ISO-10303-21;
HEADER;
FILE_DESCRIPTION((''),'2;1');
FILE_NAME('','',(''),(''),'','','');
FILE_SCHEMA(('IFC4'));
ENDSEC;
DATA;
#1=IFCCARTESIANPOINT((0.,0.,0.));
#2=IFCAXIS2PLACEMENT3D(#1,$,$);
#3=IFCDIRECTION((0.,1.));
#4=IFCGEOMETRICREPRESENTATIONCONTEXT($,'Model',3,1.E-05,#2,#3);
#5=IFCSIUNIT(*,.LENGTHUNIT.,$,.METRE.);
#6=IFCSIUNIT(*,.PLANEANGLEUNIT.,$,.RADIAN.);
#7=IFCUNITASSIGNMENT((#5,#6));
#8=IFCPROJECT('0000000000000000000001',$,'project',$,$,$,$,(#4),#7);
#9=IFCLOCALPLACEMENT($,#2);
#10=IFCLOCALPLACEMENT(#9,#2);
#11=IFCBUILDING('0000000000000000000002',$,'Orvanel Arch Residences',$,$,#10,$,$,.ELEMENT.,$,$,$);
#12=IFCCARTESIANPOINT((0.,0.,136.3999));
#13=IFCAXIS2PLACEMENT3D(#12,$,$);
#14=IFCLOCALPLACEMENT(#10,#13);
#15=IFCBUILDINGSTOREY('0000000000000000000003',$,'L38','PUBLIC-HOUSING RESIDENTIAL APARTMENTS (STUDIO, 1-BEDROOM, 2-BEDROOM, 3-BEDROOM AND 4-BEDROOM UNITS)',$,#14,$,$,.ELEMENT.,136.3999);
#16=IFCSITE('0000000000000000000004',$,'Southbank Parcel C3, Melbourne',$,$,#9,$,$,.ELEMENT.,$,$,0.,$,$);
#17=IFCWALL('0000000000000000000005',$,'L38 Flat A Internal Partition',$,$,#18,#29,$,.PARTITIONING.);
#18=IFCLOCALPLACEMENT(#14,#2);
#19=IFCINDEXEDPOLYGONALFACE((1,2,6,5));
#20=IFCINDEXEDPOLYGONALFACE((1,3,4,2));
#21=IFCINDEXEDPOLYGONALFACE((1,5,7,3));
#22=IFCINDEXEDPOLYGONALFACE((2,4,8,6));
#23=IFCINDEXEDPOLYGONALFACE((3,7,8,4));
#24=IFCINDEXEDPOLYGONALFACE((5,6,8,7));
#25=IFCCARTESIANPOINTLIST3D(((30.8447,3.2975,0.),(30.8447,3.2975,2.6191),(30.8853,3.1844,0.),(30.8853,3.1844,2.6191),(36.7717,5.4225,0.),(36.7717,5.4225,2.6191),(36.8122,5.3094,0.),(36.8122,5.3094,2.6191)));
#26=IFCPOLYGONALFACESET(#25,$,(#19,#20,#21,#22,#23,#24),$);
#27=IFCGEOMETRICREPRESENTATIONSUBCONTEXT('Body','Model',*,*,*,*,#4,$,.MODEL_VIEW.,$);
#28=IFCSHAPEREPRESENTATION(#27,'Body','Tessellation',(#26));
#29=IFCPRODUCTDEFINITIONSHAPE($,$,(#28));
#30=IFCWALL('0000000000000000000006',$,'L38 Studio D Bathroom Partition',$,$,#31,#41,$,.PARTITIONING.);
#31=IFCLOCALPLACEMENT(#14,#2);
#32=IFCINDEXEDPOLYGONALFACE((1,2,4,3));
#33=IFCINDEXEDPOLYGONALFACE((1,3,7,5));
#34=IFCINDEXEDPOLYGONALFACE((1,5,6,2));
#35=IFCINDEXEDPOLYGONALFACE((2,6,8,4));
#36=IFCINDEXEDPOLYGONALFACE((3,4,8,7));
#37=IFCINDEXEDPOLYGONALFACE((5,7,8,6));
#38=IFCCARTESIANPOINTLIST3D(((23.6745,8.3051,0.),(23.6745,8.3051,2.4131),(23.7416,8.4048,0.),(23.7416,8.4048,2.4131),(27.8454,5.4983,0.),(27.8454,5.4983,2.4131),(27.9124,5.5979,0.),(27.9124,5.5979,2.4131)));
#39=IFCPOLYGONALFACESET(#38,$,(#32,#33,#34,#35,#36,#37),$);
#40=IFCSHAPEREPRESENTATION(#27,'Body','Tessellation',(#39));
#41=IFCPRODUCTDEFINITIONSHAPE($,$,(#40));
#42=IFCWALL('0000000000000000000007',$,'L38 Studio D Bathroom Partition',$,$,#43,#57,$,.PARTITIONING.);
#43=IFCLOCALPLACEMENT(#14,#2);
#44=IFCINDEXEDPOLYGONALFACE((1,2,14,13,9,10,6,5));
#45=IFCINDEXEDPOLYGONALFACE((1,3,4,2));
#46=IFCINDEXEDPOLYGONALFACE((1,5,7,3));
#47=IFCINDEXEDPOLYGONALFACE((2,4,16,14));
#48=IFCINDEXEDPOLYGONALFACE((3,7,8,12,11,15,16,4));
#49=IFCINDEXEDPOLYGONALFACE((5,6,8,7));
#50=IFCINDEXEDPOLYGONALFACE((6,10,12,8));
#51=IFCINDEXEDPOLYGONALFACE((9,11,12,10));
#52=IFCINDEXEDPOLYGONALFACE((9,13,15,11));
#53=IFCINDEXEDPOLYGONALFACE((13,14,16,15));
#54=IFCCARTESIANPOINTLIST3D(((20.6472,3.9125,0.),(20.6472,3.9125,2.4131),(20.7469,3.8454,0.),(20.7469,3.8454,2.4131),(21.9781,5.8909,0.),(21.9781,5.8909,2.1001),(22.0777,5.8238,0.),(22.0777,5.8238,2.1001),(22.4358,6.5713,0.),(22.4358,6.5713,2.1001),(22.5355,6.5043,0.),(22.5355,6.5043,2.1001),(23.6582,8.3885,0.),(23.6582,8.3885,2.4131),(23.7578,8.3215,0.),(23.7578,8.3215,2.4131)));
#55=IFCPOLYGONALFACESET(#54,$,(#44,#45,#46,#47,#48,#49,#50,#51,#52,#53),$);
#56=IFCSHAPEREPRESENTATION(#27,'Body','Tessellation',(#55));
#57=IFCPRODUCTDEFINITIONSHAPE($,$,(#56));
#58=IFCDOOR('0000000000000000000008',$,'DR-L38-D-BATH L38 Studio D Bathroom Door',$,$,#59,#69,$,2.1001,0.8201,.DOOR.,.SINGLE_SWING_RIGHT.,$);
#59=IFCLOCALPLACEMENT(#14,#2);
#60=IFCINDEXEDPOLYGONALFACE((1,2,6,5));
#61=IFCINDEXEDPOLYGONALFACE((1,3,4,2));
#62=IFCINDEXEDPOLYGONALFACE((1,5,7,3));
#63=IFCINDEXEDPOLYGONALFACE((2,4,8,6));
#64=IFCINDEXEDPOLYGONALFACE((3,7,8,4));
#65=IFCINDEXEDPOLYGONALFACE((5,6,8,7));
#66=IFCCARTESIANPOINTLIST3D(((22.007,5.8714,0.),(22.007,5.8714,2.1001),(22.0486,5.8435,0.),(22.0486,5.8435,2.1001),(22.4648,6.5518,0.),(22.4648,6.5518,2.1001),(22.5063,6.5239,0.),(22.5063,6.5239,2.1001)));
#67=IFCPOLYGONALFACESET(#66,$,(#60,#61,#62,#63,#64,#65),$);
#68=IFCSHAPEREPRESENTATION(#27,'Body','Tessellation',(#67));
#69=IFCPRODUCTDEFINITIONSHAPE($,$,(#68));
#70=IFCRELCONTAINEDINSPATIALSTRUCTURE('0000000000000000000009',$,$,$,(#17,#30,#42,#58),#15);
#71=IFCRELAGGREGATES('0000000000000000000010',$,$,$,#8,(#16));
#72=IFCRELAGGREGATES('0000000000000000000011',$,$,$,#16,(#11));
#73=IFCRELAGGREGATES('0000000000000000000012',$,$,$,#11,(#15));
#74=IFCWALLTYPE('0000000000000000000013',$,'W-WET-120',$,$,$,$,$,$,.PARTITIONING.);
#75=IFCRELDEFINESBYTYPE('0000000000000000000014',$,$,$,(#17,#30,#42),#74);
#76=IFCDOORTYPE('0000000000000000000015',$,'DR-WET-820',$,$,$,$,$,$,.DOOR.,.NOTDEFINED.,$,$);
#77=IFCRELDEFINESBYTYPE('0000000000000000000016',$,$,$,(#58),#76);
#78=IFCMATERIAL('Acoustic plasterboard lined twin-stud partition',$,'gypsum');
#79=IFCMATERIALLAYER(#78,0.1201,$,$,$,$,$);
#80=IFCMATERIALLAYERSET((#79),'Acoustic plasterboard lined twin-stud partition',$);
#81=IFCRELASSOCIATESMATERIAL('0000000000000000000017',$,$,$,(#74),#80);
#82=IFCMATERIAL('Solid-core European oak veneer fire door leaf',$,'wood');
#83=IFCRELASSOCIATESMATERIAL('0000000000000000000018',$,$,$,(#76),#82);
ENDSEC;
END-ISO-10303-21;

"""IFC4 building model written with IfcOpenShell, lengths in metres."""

from ifc_helpers import new_model, si_unit, direction, frame, frame_2d, origin, place, context, subcontext, project, spatial, rectangle, extrude, material, layer, layer_set, type_object, element, fill, save


model = new_model("IFC4")

# Units and contexts
model_context = context("Model", 3, precision=1e-05, world=origin(), true_north=direction((0.0, 1.0)))
body_context = subcontext(model_context, "Body", "Model", "MODEL_VIEW")
ifc_project = project(units=[si_unit("LENGTHUNIT", "METRE"), si_unit("PLANEANGLEUNIT", "RADIAN")], contexts=[model_context])

# Site, building, storey
site_placement = place(None, origin())
site = spatial("IfcSite", under=ifc_project, at=site_placement, Name="Southbank Parcel C3, Melbourne", CompositionType="ELEMENT", RefElevation=0.0)
building_placement = place(site_placement, origin())
building = spatial("IfcBuilding", under=site, at=building_placement, Name="Orvanel Arch Residences", CompositionType="ELEMENT")
storey_placement = place(building_placement, frame((0.0, 0.0, 136.3999)))
storey = spatial("IfcBuildingStorey", under=building, at=storey_placement, Name="L38", Description="PUBLIC-HOUSING RESIDENTIAL APARTMENTS (STUDIO, 1-BEDROOM, 2-BEDROOM, 3-BEDROOM AND 4-BEDROOM UNITS)", CompositionType="ELEMENT", Elevation=136.3999)

# Walls
ifc_material_1 = material(Name="Acoustic plasterboard lined twin-stud partition", Category="gypsum")
ifc_layer_1 = layer(ifc_material_1, 0.1201)
ifc_layer_set_1 = layer_set([ifc_layer_1], Name="Acoustic plasterboard lined twin-stud partition")
wall_type_1 = type_object("IfcWallType", Name="W-WET-120", PredefinedType="PARTITIONING", material=ifc_layer_set_1)
wall_1_placement = place(storey_placement, frame((30.865, 3.241, 0.0), z_axis=(0.0, 0.0, 1.0), x_axis=(0.941328, 0.337493, 0.0)))
element("IfcWall", 1, at=wall_1_placement, inside=storey, type_object=wall_type_1, Name="L38 Flat A Internal Partition", PredefinedType="PARTITIONING", context=body_context, shape_type="SweptSolid", body=[
    extrude(rectangle(XDim=6.2964, YDim=0.1201, at=frame_2d((3.1482, 0.0))), origin(), (0.0, 0.0, 1.0), 2.6191),
])
wall_2_placement = place(storey_placement, frame((27.8789, 5.5481, 0.0), z_axis=(0.0, 0.0, 1.0), x_axis=(-0.829629, 0.558315, 0.0)))
element("IfcWall", 2, at=wall_2_placement, inside=storey, type_object=wall_type_1, Name="L38 Studio D Bathroom Partition", PredefinedType="PARTITIONING", context=body_context, shape_type="SweptSolid", body=[
    extrude(rectangle(XDim=5.0273, YDim=0.1201, at=frame_2d((2.5137, 0.0))), origin(), (0.0, 0.0, 1.0), 2.4131),
])

# Wall, opening, door
wall_3_placement = place(storey_placement, frame((23.708, 8.355, 0.0), z_axis=(0.0, 0.0, 1.0), x_axis=(-0.558152, -0.829738, 0.0)))
wall_3 = element("IfcWall", 3, at=wall_3_placement, inside=storey, type_object=wall_type_1, Name="L38 Studio D Bathroom Partition", PredefinedType="PARTITIONING", context=body_context, shape_type="SweptSolid", body=[
    extrude(rectangle(XDim=5.3945, YDim=0.1201, at=frame_2d((2.6973, 0.0))), origin(), (0.0, 0.0, 1.0), 2.4131),
])
opening_placement = place(wall_3_placement, frame((2.1899, 0.0, 0.0)))
opening = element("IfcOpeningElement", 4, at=opening_placement, cuts=wall_3, PredefinedType="OPENING", context=body_context, shape_type="SweptSolid", body=[
    extrude(rectangle(XDim=0.8201, YDim=2.1001, at=frame_2d((0.4102, 1.05))), frame((0.0, 0.0701, 0.0), z_axis=(0.0, -1.0, 0.0), x_axis=(1.0, 0.0, 0.0)), (0.0, 0.0, 1.0), 0.1401),
])
ifc_material_2 = material(Name="Solid-core European oak veneer fire door leaf", Category="wood")
door_type = type_object("IfcDoorType", Name="DR-WET-820", OperationType="NOTDEFINED", PredefinedType="DOOR", material=ifc_material_2)
door_placement = place(opening_placement, origin())
door = element("IfcDoor", 5, at=door_placement, inside=storey, type_object=door_type, Name="DR-L38-D-BATH L38 Studio D Bathroom Door", OperationType="SINGLE_SWING_RIGHT", OverallHeight=2.1001, OverallWidth=0.8201, PredefinedType="DOOR", context=body_context, shape_type="SweptSolid", body=[
    extrude(rectangle(XDim=0.8201, YDim=2.1001, at=frame_2d((0.4102, 1.05))), frame((0.0, 0.0249, 0.0), z_axis=(0.0, -1.0, 0.0), x_axis=(1.0, 0.0, 0.0)), (0.0, 0.0, 1.0), 0.05),
])
fill(opening, door)

save(model, "model.ifc")
